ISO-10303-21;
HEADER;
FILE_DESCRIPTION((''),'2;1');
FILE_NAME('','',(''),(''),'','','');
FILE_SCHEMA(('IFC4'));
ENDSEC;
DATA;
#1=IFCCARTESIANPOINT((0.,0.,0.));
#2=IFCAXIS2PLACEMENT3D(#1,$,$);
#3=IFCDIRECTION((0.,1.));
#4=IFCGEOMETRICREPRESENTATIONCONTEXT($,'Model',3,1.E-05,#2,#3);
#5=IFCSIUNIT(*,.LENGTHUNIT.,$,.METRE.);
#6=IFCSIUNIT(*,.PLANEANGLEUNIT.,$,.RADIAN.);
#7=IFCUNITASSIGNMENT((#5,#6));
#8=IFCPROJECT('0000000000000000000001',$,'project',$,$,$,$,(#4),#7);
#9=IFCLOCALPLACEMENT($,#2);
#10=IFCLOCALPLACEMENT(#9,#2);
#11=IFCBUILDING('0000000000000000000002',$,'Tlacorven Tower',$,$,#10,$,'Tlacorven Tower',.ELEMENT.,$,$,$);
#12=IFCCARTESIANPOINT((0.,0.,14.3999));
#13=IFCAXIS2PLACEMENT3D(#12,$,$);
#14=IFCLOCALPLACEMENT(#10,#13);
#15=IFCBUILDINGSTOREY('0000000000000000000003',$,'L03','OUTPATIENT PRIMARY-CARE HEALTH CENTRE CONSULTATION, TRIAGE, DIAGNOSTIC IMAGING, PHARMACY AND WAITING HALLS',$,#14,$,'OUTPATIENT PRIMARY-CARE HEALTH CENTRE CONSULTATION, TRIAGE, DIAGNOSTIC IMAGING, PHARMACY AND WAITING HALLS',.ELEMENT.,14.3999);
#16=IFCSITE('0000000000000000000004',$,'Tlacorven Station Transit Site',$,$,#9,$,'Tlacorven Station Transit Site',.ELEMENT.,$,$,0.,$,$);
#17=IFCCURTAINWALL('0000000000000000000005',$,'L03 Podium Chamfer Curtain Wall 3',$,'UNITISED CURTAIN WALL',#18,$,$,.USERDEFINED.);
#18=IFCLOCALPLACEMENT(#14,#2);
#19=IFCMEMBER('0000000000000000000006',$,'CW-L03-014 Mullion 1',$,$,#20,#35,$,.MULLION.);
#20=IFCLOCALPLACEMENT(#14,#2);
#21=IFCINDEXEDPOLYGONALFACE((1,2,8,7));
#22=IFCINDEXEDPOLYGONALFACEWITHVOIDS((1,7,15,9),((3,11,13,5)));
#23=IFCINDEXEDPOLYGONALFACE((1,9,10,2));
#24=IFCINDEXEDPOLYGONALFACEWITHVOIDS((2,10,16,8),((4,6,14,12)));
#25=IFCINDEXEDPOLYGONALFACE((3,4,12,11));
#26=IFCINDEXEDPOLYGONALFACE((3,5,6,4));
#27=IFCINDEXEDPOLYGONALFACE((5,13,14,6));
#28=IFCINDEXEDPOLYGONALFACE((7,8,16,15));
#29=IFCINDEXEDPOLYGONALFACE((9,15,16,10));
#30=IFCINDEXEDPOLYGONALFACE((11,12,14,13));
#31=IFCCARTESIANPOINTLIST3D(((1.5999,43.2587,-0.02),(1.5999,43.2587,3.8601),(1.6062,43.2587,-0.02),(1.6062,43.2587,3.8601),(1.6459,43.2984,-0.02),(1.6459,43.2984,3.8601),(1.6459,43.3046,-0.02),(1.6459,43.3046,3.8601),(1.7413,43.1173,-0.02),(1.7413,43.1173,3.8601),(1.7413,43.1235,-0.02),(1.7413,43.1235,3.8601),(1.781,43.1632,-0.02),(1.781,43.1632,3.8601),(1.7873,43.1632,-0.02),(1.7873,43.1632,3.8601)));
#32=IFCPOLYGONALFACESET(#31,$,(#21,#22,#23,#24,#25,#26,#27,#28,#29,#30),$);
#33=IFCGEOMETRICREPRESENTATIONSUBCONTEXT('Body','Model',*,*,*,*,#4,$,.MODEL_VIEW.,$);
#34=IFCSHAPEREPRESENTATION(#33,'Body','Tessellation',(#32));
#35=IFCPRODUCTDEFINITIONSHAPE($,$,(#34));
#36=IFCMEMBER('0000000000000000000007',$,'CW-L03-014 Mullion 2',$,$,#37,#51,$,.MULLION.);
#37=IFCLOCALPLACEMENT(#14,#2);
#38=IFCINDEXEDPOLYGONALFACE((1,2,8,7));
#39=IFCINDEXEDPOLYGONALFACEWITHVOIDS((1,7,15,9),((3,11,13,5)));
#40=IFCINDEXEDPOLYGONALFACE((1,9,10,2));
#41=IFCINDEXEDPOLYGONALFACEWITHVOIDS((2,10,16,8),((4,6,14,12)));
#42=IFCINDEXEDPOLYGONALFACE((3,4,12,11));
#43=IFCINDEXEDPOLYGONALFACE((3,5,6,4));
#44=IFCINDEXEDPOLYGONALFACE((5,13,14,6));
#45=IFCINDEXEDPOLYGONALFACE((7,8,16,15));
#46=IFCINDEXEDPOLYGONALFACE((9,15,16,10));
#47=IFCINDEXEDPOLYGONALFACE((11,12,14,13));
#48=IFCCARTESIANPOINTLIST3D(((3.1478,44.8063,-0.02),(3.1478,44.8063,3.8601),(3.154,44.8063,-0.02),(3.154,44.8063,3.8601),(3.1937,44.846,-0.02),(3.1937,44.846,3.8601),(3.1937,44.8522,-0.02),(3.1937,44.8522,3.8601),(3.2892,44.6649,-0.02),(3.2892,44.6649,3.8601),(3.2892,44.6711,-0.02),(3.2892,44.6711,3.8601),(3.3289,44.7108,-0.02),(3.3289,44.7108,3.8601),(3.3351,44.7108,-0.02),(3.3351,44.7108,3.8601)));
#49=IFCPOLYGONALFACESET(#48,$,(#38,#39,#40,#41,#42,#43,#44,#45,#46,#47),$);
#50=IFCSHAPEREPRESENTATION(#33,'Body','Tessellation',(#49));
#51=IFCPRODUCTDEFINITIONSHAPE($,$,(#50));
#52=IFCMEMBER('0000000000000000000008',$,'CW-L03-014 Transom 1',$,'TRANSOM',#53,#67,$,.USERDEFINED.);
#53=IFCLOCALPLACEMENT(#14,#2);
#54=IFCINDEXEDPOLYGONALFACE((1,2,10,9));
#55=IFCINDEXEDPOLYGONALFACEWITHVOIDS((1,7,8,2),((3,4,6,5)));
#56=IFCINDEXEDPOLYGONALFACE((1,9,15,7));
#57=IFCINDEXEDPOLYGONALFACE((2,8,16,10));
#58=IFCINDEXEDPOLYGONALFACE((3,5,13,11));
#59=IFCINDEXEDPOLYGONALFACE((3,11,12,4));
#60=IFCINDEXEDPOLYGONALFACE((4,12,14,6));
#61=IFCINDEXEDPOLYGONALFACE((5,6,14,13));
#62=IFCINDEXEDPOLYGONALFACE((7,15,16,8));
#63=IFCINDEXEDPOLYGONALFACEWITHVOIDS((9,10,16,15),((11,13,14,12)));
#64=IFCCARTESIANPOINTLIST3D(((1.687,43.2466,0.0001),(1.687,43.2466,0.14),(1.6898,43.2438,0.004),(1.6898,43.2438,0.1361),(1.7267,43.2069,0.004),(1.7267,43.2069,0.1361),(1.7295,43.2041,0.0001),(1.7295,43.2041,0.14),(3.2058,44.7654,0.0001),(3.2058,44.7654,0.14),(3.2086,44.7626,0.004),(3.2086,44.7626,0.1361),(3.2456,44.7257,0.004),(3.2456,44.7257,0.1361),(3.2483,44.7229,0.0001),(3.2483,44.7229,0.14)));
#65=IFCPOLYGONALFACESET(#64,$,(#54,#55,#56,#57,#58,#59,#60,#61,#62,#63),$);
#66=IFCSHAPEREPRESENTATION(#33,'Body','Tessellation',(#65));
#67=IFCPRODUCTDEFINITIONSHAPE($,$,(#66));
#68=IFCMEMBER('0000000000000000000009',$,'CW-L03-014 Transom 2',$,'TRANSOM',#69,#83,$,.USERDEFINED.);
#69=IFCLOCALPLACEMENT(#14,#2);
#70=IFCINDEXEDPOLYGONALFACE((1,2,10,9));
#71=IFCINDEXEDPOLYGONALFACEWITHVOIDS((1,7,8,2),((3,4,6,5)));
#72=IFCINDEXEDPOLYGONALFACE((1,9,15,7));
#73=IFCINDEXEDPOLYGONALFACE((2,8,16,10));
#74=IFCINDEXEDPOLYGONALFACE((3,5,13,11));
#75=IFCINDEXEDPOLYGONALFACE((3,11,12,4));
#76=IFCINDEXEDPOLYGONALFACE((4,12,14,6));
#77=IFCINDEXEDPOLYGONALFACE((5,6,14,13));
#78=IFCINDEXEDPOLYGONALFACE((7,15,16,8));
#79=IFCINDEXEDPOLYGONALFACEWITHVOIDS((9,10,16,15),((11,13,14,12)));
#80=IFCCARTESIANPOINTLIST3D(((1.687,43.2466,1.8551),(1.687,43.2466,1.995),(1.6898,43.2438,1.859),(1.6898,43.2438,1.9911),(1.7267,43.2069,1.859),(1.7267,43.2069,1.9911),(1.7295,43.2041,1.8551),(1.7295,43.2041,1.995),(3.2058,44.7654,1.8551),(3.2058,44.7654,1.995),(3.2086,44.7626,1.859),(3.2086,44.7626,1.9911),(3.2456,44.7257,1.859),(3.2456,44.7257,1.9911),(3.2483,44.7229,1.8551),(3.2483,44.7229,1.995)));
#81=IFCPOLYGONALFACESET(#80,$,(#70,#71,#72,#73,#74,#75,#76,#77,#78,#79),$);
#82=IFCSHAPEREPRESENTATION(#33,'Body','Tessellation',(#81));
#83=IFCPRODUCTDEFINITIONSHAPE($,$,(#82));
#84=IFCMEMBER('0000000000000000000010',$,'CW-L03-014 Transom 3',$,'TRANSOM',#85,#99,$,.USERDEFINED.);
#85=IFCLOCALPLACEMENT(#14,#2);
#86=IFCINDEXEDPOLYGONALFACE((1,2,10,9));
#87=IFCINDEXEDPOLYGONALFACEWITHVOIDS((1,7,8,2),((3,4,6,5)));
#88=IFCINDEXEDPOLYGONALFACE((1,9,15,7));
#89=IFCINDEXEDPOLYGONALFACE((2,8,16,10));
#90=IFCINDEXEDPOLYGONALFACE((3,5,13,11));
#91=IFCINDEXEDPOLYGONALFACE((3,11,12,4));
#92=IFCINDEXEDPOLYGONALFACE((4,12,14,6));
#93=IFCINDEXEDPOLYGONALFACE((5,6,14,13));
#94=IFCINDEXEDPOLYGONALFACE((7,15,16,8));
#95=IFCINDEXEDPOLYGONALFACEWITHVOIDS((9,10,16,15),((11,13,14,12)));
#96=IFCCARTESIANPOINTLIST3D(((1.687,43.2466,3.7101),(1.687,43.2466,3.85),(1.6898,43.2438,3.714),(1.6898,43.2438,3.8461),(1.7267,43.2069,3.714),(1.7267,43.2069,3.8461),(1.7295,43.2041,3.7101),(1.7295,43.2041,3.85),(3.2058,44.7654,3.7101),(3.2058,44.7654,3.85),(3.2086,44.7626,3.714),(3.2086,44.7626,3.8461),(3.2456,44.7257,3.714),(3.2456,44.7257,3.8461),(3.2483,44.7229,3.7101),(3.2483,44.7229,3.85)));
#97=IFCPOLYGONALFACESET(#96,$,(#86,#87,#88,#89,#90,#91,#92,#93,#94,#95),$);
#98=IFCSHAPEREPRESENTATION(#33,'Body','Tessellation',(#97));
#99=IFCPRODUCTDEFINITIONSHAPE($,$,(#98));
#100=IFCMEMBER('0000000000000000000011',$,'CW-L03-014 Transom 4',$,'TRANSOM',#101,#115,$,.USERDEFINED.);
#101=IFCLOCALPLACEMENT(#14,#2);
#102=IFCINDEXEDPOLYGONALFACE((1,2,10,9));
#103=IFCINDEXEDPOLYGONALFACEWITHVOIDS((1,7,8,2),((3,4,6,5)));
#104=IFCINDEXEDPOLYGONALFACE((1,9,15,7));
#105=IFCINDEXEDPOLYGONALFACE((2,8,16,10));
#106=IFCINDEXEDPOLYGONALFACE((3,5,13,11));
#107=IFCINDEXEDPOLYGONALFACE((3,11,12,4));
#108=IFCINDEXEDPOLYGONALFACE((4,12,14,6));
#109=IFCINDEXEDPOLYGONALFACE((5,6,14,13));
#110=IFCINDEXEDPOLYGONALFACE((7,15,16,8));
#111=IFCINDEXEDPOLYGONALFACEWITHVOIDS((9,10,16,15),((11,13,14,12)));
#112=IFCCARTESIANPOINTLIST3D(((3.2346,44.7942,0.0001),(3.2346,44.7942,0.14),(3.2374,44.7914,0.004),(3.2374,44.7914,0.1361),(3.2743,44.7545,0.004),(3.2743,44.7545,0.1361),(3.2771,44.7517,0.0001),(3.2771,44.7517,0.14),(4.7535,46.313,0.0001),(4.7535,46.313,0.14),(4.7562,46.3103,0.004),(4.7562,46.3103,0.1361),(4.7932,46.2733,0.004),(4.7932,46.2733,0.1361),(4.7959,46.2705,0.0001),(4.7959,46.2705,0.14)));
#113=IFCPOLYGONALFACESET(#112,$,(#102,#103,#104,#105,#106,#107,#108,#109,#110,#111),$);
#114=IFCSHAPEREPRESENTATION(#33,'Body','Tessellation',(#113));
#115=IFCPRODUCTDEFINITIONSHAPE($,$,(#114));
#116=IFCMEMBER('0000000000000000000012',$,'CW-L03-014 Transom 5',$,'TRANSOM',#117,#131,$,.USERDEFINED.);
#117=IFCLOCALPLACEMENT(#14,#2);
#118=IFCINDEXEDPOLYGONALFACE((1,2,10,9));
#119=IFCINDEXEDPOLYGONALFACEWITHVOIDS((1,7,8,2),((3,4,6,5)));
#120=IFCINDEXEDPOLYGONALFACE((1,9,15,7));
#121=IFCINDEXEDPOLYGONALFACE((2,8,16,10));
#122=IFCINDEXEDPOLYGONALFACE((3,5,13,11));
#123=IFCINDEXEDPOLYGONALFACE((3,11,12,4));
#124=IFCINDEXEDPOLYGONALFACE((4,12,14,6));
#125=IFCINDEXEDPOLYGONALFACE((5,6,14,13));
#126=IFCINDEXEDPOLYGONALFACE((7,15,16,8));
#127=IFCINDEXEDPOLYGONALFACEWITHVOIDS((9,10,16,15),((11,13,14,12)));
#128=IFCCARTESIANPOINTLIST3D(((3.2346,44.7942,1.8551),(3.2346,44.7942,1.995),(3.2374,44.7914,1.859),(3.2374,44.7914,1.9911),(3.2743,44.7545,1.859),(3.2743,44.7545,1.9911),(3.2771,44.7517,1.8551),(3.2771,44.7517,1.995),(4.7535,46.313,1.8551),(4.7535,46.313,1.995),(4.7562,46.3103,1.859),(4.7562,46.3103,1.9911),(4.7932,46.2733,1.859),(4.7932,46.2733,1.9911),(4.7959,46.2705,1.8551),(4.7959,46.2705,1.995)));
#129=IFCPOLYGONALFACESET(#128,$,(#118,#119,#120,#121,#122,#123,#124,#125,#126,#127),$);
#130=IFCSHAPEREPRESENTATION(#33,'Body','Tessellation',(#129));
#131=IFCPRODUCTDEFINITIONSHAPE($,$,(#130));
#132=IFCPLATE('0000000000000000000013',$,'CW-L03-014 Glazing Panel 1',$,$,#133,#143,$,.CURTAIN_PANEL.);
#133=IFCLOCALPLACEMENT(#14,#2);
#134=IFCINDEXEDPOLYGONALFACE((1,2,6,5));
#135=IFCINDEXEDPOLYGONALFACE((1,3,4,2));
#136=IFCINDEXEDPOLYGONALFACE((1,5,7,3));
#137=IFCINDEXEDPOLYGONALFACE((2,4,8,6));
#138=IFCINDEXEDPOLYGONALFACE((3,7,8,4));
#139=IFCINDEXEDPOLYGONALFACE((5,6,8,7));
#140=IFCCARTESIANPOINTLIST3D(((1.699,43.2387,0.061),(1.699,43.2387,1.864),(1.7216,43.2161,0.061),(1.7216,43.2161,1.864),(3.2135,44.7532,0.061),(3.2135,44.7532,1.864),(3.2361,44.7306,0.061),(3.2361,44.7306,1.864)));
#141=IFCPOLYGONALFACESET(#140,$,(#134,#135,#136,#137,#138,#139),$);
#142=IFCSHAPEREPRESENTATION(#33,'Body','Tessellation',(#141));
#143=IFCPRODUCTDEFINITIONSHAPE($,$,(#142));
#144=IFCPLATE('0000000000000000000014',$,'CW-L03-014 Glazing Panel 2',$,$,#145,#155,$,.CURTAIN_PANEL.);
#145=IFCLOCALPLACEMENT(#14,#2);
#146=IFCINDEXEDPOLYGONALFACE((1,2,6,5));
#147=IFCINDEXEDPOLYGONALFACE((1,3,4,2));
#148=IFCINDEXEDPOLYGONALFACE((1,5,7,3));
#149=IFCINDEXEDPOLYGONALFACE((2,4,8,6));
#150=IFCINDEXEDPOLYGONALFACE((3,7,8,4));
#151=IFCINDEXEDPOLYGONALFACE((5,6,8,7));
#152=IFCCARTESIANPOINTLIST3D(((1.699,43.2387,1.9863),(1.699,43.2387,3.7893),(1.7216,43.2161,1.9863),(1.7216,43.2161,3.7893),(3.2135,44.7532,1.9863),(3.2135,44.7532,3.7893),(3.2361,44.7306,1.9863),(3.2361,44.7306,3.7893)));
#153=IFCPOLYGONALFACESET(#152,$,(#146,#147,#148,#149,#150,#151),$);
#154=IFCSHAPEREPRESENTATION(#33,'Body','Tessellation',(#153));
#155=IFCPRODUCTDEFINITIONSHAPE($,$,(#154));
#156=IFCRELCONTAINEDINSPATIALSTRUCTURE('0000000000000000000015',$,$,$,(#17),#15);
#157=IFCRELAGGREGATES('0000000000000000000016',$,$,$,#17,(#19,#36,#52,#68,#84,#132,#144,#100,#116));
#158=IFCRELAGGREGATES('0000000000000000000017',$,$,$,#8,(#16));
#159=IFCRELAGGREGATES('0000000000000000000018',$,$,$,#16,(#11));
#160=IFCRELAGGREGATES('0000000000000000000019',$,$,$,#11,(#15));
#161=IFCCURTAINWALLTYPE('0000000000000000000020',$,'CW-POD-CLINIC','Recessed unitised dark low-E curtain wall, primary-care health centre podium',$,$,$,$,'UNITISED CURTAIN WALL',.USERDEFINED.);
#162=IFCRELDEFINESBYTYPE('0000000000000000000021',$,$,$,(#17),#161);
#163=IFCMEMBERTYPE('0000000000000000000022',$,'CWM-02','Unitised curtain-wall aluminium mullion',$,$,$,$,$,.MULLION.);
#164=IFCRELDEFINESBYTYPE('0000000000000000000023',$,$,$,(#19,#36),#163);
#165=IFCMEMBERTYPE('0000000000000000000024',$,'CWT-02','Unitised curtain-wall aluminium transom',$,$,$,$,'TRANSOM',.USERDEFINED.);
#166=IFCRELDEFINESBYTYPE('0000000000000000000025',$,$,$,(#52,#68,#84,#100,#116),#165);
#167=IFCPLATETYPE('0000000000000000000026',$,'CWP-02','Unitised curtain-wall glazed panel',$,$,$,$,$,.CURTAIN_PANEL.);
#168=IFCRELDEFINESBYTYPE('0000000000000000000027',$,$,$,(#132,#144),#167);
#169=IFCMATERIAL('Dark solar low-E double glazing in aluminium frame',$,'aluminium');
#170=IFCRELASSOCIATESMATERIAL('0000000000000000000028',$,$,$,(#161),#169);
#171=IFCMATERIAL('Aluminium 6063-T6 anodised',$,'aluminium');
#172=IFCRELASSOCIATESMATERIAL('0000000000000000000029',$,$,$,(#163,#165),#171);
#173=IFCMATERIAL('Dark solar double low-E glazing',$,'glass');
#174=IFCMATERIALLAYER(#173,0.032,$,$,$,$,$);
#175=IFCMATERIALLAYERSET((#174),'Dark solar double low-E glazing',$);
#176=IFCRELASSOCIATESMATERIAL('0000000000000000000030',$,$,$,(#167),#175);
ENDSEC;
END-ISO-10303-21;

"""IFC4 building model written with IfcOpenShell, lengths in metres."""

from ifc_helpers import new_model, si_unit, direction, frame, origin, origin_2d, place, context, subcontext, project, spatial, rectangle, hollow_rectangle, extrude, source, transform, mapped, material, layer, layer_set, material_profile, profile_set, type_object, element, aggregate, save


model = new_model("IFC4")

# Units and contexts
model_context = context("Model", 3, precision=1e-05, world=origin(), true_north=direction((0.0, 1.0)))
body_context = subcontext(model_context, "Body", "Model", "MODEL_VIEW")
ifc_project = project(units=[si_unit("LENGTHUNIT", "METRE"), si_unit("PLANEANGLEUNIT", "RADIAN")], contexts=[model_context])

# Site, building, storey
site_placement = place(None, origin())
site = spatial("IfcSite", under=ifc_project, at=site_placement, Name="Tlacorven Station Transit Site", LongName="Tlacorven Station Transit Site", CompositionType="ELEMENT", RefElevation=0.0)
building_placement = place(site_placement, origin())
building = spatial("IfcBuilding", under=site, at=building_placement, Name="Tlacorven Tower", LongName="Tlacorven Tower", CompositionType="ELEMENT")
storey_placement = place(building_placement, frame((0.0, 0.0, 14.3999)))
storey = spatial("IfcBuildingStorey", under=building, at=storey_placement, Name="L03", Description="OUTPATIENT PRIMARY-CARE HEALTH CENTRE CONSULTATION, TRIAGE, DIAGNOSTIC IMAGING, PHARMACY AND WAITING HALLS", LongName="OUTPATIENT PRIMARY-CARE HEALTH CENTRE CONSULTATION, TRIAGE, DIAGNOSTIC IMAGING, PHARMACY AND WAITING HALLS", CompositionType="ELEMENT", Elevation=14.3999)

# Curtain wall, members, plates
ifc_material_1 = material(Name="Dark solar low-E double glazing in aluminium frame", Category="aluminium")
curtain_wall_type = type_object("IfcCurtainWallType", Name="CW-POD-CLINIC", Description="Recessed unitised dark low-E curtain wall, primary-care health centre podium", ElementType="UNITISED CURTAIN WALL", PredefinedType="USERDEFINED", material=ifc_material_1)
curtain_wall_placement = place(storey_placement, origin())
curtain_wall = element("IfcCurtainWall", 1, at=curtain_wall_placement, inside=storey, type_object=curtain_wall_type, Name="L03 Podium Chamfer Curtain Wall 3", ObjectType="UNITISED CURTAIN WALL", PredefinedType="USERDEFINED")
ifc_material_2 = material(Name="Aluminium 6063-T6 anodised", Category="aluminium")
ifc_material_profile_1 = material_profile(ifc_material_2, hollow_rectangle(XDim=0.0649, YDim=0.2, WallThickness=0.0044, at=origin_2d()), Name="ALU MULLION 65X200")
ifc_profile_set_1 = profile_set([ifc_material_profile_1], Name="Aluminium 6063-T6 anodised")
member_type_1 = type_object("IfcMemberType", Name="CWM-02", Description="Unitised curtain-wall aluminium mullion", PredefinedType="MULLION", material=ifc_profile_set_1)
shared_shape_1 = source(origin(), body_context, "Body", "SweptSolid", [
    extrude(hollow_rectangle(XDim=0.0649, YDim=0.2, WallThickness=0.0044, at=origin_2d()), origin(), (0.0, 0.0, 1.0), 3.8801),
])
member_1_placement = place(storey_placement, frame((1.6936, 43.2109, -0.02), z_axis=(0.0, 0.0, 1.0), x_axis=(0.707107, 0.707107, 0.0)))
member_1 = element("IfcMember", 2, at=member_1_placement, type_object=member_type_1, Name="CW-L03-014 Mullion 1", PredefinedType="MULLION", context=body_context, shape_type="MappedRepresentation", body=[
    mapped(shared_shape_1, transform((0.0, 0.0, 0.0), scale=1.0)),
])
member_2_placement = place(storey_placement, frame((3.2415, 44.7585, -0.02), z_axis=(0.0, 0.0, 1.0), x_axis=(0.707107, 0.707107, 0.0)))
member_2 = element("IfcMember", 3, at=member_2_placement, type_object=member_type_1, Name="CW-L03-014 Mullion 2", PredefinedType="MULLION", context=body_context, shape_type="MappedRepresentation", body=[
    mapped(shared_shape_1, transform((0.0, 0.0, 0.0), scale=1.0)),
])
ifc_material_profile_2 = material_profile(ifc_material_2, hollow_rectangle(XDim=0.0601, YDim=0.1399, WallThickness=0.0039, at=origin_2d()), Name="ALU TRANSOM 60X140")
ifc_profile_set_2 = profile_set([ifc_material_profile_2], Name="Aluminium 6063-T6 anodised")
member_type_2 = type_object("IfcMemberType", Name="CWT-02", Description="Unitised curtain-wall aluminium transom", ElementType="TRANSOM", PredefinedType="USERDEFINED", material=ifc_profile_set_2)
shared_shape_2 = source(origin(), body_context, "Body", "SweptSolid", [
    extrude(hollow_rectangle(XDim=0.0601, YDim=0.1399, WallThickness=0.0039, at=origin_2d()), origin(), (0.0, 0.0, 1.0), 2.1479),
])
member_3_placement = place(storey_placement, frame((1.7083, 43.2253, 0.0701), z_axis=(0.707107, 0.707107, 0.0), x_axis=(-0.707107, 0.707107, 0.0)))
member_3 = element("IfcMember", 4, at=member_3_placement, type_object=member_type_2, Name="CW-L03-014 Transom 1", ObjectType="TRANSOM", PredefinedType="USERDEFINED", context=body_context, shape_type="MappedRepresentation", body=[
    mapped(shared_shape_2, transform((0.0, 0.0, 0.0), scale=1.0)),
])
member_4_placement = place(storey_placement, frame((1.7083, 43.2253, 1.925), z_axis=(0.707107, 0.707107, 0.0), x_axis=(-0.707107, 0.707107, 0.0)))
member_4 = element("IfcMember", 5, at=member_4_placement, type_object=member_type_2, Name="CW-L03-014 Transom 2", ObjectType="TRANSOM", PredefinedType="USERDEFINED", context=body_context, shape_type="MappedRepresentation", body=[
    mapped(shared_shape_2, transform((0.0, 0.0, 0.0), scale=1.0)),
])
member_5_placement = place(storey_placement, frame((1.7083, 43.2253, 3.78), z_axis=(0.707107, 0.707107, 0.0), x_axis=(-0.707107, 0.707107, 0.0)))
member_5 = element("IfcMember", 6, at=member_5_placement, type_object=member_type_2, Name="CW-L03-014 Transom 3", ObjectType="TRANSOM", PredefinedType="USERDEFINED", context=body_context, shape_type="MappedRepresentation", body=[
    mapped(shared_shape_2, transform((0.0, 0.0, 0.0), scale=1.0)),
])
member_6_placement = place(storey_placement, frame((3.2559, 44.7729, 0.0701), z_axis=(0.707107, 0.707107, 0.0), x_axis=(-0.707107, 0.707107, 0.0)))
member_6 = element("IfcMember", 7, at=member_6_placement, type_object=member_type_2, Name="CW-L03-014 Transom 4", ObjectType="TRANSOM", PredefinedType="USERDEFINED", context=body_context, shape_type="MappedRepresentation", body=[
    mapped(shared_shape_2, transform((0.0, 0.0, 0.0), scale=1.0)),
])
member_7_placement = place(storey_placement, frame((3.2559, 44.7729, 1.925), z_axis=(0.707107, 0.707107, 0.0), x_axis=(-0.707107, 0.707107, 0.0)))
member_7 = element("IfcMember", 8, at=member_7_placement, type_object=member_type_2, Name="CW-L03-014 Transom 5", ObjectType="TRANSOM", PredefinedType="USERDEFINED", context=body_context, shape_type="MappedRepresentation", body=[
    mapped(shared_shape_2, transform((0.0, 0.0, 0.0), scale=1.0)),
])
ifc_material_3 = material(Name="Dark solar double low-E glazing", Category="glass")
ifc_layer = layer(ifc_material_3, 0.032)
ifc_layer_set = layer_set([ifc_layer], Name="Dark solar double low-E glazing")
plate_type = type_object("IfcPlateType", Name="CWP-02", Description="Unitised curtain-wall glazed panel", PredefinedType="CURTAIN_PANEL", material=ifc_layer_set)
shared_shape_3 = source(origin(), body_context, "Body", "SweptSolid", [
    extrude(rectangle(XDim=2.1418, YDim=0.032, at=origin_2d()), origin(), (0.0, 0.0, 1.0), 1.803),
])
plate_1_placement = place(storey_placement, frame((2.4675, 43.9846, 0.061), z_axis=(0.0, 0.0, 1.0), x_axis=(0.707107, 0.707107, 0.0)))
plate_1 = element("IfcPlate", 9, at=plate_1_placement, type_object=plate_type, Name="CW-L03-014 Glazing Panel 1", PredefinedType="CURTAIN_PANEL", context=body_context, shape_type="MappedRepresentation", body=[
    mapped(shared_shape_3, transform((0.0, 0.0, 0.0), scale=1.0)),
])
plate_2_placement = place(storey_placement, frame((2.4675, 43.9846, 1.9863), z_axis=(0.0, 0.0, 1.0), x_axis=(0.707107, 0.707107, 0.0)))
plate_2 = element("IfcPlate", 10, at=plate_2_placement, type_object=plate_type, Name="CW-L03-014 Glazing Panel 2", PredefinedType="CURTAIN_PANEL", context=body_context, shape_type="MappedRepresentation", body=[
    mapped(shared_shape_3, transform((0.0, 0.0, 0.0), scale=1.0)),
])
aggregate(curtain_wall, [member_1, member_2, member_3, member_4, member_5, plate_1, plate_2, member_6, member_7])

save(model, "model.ifc")
